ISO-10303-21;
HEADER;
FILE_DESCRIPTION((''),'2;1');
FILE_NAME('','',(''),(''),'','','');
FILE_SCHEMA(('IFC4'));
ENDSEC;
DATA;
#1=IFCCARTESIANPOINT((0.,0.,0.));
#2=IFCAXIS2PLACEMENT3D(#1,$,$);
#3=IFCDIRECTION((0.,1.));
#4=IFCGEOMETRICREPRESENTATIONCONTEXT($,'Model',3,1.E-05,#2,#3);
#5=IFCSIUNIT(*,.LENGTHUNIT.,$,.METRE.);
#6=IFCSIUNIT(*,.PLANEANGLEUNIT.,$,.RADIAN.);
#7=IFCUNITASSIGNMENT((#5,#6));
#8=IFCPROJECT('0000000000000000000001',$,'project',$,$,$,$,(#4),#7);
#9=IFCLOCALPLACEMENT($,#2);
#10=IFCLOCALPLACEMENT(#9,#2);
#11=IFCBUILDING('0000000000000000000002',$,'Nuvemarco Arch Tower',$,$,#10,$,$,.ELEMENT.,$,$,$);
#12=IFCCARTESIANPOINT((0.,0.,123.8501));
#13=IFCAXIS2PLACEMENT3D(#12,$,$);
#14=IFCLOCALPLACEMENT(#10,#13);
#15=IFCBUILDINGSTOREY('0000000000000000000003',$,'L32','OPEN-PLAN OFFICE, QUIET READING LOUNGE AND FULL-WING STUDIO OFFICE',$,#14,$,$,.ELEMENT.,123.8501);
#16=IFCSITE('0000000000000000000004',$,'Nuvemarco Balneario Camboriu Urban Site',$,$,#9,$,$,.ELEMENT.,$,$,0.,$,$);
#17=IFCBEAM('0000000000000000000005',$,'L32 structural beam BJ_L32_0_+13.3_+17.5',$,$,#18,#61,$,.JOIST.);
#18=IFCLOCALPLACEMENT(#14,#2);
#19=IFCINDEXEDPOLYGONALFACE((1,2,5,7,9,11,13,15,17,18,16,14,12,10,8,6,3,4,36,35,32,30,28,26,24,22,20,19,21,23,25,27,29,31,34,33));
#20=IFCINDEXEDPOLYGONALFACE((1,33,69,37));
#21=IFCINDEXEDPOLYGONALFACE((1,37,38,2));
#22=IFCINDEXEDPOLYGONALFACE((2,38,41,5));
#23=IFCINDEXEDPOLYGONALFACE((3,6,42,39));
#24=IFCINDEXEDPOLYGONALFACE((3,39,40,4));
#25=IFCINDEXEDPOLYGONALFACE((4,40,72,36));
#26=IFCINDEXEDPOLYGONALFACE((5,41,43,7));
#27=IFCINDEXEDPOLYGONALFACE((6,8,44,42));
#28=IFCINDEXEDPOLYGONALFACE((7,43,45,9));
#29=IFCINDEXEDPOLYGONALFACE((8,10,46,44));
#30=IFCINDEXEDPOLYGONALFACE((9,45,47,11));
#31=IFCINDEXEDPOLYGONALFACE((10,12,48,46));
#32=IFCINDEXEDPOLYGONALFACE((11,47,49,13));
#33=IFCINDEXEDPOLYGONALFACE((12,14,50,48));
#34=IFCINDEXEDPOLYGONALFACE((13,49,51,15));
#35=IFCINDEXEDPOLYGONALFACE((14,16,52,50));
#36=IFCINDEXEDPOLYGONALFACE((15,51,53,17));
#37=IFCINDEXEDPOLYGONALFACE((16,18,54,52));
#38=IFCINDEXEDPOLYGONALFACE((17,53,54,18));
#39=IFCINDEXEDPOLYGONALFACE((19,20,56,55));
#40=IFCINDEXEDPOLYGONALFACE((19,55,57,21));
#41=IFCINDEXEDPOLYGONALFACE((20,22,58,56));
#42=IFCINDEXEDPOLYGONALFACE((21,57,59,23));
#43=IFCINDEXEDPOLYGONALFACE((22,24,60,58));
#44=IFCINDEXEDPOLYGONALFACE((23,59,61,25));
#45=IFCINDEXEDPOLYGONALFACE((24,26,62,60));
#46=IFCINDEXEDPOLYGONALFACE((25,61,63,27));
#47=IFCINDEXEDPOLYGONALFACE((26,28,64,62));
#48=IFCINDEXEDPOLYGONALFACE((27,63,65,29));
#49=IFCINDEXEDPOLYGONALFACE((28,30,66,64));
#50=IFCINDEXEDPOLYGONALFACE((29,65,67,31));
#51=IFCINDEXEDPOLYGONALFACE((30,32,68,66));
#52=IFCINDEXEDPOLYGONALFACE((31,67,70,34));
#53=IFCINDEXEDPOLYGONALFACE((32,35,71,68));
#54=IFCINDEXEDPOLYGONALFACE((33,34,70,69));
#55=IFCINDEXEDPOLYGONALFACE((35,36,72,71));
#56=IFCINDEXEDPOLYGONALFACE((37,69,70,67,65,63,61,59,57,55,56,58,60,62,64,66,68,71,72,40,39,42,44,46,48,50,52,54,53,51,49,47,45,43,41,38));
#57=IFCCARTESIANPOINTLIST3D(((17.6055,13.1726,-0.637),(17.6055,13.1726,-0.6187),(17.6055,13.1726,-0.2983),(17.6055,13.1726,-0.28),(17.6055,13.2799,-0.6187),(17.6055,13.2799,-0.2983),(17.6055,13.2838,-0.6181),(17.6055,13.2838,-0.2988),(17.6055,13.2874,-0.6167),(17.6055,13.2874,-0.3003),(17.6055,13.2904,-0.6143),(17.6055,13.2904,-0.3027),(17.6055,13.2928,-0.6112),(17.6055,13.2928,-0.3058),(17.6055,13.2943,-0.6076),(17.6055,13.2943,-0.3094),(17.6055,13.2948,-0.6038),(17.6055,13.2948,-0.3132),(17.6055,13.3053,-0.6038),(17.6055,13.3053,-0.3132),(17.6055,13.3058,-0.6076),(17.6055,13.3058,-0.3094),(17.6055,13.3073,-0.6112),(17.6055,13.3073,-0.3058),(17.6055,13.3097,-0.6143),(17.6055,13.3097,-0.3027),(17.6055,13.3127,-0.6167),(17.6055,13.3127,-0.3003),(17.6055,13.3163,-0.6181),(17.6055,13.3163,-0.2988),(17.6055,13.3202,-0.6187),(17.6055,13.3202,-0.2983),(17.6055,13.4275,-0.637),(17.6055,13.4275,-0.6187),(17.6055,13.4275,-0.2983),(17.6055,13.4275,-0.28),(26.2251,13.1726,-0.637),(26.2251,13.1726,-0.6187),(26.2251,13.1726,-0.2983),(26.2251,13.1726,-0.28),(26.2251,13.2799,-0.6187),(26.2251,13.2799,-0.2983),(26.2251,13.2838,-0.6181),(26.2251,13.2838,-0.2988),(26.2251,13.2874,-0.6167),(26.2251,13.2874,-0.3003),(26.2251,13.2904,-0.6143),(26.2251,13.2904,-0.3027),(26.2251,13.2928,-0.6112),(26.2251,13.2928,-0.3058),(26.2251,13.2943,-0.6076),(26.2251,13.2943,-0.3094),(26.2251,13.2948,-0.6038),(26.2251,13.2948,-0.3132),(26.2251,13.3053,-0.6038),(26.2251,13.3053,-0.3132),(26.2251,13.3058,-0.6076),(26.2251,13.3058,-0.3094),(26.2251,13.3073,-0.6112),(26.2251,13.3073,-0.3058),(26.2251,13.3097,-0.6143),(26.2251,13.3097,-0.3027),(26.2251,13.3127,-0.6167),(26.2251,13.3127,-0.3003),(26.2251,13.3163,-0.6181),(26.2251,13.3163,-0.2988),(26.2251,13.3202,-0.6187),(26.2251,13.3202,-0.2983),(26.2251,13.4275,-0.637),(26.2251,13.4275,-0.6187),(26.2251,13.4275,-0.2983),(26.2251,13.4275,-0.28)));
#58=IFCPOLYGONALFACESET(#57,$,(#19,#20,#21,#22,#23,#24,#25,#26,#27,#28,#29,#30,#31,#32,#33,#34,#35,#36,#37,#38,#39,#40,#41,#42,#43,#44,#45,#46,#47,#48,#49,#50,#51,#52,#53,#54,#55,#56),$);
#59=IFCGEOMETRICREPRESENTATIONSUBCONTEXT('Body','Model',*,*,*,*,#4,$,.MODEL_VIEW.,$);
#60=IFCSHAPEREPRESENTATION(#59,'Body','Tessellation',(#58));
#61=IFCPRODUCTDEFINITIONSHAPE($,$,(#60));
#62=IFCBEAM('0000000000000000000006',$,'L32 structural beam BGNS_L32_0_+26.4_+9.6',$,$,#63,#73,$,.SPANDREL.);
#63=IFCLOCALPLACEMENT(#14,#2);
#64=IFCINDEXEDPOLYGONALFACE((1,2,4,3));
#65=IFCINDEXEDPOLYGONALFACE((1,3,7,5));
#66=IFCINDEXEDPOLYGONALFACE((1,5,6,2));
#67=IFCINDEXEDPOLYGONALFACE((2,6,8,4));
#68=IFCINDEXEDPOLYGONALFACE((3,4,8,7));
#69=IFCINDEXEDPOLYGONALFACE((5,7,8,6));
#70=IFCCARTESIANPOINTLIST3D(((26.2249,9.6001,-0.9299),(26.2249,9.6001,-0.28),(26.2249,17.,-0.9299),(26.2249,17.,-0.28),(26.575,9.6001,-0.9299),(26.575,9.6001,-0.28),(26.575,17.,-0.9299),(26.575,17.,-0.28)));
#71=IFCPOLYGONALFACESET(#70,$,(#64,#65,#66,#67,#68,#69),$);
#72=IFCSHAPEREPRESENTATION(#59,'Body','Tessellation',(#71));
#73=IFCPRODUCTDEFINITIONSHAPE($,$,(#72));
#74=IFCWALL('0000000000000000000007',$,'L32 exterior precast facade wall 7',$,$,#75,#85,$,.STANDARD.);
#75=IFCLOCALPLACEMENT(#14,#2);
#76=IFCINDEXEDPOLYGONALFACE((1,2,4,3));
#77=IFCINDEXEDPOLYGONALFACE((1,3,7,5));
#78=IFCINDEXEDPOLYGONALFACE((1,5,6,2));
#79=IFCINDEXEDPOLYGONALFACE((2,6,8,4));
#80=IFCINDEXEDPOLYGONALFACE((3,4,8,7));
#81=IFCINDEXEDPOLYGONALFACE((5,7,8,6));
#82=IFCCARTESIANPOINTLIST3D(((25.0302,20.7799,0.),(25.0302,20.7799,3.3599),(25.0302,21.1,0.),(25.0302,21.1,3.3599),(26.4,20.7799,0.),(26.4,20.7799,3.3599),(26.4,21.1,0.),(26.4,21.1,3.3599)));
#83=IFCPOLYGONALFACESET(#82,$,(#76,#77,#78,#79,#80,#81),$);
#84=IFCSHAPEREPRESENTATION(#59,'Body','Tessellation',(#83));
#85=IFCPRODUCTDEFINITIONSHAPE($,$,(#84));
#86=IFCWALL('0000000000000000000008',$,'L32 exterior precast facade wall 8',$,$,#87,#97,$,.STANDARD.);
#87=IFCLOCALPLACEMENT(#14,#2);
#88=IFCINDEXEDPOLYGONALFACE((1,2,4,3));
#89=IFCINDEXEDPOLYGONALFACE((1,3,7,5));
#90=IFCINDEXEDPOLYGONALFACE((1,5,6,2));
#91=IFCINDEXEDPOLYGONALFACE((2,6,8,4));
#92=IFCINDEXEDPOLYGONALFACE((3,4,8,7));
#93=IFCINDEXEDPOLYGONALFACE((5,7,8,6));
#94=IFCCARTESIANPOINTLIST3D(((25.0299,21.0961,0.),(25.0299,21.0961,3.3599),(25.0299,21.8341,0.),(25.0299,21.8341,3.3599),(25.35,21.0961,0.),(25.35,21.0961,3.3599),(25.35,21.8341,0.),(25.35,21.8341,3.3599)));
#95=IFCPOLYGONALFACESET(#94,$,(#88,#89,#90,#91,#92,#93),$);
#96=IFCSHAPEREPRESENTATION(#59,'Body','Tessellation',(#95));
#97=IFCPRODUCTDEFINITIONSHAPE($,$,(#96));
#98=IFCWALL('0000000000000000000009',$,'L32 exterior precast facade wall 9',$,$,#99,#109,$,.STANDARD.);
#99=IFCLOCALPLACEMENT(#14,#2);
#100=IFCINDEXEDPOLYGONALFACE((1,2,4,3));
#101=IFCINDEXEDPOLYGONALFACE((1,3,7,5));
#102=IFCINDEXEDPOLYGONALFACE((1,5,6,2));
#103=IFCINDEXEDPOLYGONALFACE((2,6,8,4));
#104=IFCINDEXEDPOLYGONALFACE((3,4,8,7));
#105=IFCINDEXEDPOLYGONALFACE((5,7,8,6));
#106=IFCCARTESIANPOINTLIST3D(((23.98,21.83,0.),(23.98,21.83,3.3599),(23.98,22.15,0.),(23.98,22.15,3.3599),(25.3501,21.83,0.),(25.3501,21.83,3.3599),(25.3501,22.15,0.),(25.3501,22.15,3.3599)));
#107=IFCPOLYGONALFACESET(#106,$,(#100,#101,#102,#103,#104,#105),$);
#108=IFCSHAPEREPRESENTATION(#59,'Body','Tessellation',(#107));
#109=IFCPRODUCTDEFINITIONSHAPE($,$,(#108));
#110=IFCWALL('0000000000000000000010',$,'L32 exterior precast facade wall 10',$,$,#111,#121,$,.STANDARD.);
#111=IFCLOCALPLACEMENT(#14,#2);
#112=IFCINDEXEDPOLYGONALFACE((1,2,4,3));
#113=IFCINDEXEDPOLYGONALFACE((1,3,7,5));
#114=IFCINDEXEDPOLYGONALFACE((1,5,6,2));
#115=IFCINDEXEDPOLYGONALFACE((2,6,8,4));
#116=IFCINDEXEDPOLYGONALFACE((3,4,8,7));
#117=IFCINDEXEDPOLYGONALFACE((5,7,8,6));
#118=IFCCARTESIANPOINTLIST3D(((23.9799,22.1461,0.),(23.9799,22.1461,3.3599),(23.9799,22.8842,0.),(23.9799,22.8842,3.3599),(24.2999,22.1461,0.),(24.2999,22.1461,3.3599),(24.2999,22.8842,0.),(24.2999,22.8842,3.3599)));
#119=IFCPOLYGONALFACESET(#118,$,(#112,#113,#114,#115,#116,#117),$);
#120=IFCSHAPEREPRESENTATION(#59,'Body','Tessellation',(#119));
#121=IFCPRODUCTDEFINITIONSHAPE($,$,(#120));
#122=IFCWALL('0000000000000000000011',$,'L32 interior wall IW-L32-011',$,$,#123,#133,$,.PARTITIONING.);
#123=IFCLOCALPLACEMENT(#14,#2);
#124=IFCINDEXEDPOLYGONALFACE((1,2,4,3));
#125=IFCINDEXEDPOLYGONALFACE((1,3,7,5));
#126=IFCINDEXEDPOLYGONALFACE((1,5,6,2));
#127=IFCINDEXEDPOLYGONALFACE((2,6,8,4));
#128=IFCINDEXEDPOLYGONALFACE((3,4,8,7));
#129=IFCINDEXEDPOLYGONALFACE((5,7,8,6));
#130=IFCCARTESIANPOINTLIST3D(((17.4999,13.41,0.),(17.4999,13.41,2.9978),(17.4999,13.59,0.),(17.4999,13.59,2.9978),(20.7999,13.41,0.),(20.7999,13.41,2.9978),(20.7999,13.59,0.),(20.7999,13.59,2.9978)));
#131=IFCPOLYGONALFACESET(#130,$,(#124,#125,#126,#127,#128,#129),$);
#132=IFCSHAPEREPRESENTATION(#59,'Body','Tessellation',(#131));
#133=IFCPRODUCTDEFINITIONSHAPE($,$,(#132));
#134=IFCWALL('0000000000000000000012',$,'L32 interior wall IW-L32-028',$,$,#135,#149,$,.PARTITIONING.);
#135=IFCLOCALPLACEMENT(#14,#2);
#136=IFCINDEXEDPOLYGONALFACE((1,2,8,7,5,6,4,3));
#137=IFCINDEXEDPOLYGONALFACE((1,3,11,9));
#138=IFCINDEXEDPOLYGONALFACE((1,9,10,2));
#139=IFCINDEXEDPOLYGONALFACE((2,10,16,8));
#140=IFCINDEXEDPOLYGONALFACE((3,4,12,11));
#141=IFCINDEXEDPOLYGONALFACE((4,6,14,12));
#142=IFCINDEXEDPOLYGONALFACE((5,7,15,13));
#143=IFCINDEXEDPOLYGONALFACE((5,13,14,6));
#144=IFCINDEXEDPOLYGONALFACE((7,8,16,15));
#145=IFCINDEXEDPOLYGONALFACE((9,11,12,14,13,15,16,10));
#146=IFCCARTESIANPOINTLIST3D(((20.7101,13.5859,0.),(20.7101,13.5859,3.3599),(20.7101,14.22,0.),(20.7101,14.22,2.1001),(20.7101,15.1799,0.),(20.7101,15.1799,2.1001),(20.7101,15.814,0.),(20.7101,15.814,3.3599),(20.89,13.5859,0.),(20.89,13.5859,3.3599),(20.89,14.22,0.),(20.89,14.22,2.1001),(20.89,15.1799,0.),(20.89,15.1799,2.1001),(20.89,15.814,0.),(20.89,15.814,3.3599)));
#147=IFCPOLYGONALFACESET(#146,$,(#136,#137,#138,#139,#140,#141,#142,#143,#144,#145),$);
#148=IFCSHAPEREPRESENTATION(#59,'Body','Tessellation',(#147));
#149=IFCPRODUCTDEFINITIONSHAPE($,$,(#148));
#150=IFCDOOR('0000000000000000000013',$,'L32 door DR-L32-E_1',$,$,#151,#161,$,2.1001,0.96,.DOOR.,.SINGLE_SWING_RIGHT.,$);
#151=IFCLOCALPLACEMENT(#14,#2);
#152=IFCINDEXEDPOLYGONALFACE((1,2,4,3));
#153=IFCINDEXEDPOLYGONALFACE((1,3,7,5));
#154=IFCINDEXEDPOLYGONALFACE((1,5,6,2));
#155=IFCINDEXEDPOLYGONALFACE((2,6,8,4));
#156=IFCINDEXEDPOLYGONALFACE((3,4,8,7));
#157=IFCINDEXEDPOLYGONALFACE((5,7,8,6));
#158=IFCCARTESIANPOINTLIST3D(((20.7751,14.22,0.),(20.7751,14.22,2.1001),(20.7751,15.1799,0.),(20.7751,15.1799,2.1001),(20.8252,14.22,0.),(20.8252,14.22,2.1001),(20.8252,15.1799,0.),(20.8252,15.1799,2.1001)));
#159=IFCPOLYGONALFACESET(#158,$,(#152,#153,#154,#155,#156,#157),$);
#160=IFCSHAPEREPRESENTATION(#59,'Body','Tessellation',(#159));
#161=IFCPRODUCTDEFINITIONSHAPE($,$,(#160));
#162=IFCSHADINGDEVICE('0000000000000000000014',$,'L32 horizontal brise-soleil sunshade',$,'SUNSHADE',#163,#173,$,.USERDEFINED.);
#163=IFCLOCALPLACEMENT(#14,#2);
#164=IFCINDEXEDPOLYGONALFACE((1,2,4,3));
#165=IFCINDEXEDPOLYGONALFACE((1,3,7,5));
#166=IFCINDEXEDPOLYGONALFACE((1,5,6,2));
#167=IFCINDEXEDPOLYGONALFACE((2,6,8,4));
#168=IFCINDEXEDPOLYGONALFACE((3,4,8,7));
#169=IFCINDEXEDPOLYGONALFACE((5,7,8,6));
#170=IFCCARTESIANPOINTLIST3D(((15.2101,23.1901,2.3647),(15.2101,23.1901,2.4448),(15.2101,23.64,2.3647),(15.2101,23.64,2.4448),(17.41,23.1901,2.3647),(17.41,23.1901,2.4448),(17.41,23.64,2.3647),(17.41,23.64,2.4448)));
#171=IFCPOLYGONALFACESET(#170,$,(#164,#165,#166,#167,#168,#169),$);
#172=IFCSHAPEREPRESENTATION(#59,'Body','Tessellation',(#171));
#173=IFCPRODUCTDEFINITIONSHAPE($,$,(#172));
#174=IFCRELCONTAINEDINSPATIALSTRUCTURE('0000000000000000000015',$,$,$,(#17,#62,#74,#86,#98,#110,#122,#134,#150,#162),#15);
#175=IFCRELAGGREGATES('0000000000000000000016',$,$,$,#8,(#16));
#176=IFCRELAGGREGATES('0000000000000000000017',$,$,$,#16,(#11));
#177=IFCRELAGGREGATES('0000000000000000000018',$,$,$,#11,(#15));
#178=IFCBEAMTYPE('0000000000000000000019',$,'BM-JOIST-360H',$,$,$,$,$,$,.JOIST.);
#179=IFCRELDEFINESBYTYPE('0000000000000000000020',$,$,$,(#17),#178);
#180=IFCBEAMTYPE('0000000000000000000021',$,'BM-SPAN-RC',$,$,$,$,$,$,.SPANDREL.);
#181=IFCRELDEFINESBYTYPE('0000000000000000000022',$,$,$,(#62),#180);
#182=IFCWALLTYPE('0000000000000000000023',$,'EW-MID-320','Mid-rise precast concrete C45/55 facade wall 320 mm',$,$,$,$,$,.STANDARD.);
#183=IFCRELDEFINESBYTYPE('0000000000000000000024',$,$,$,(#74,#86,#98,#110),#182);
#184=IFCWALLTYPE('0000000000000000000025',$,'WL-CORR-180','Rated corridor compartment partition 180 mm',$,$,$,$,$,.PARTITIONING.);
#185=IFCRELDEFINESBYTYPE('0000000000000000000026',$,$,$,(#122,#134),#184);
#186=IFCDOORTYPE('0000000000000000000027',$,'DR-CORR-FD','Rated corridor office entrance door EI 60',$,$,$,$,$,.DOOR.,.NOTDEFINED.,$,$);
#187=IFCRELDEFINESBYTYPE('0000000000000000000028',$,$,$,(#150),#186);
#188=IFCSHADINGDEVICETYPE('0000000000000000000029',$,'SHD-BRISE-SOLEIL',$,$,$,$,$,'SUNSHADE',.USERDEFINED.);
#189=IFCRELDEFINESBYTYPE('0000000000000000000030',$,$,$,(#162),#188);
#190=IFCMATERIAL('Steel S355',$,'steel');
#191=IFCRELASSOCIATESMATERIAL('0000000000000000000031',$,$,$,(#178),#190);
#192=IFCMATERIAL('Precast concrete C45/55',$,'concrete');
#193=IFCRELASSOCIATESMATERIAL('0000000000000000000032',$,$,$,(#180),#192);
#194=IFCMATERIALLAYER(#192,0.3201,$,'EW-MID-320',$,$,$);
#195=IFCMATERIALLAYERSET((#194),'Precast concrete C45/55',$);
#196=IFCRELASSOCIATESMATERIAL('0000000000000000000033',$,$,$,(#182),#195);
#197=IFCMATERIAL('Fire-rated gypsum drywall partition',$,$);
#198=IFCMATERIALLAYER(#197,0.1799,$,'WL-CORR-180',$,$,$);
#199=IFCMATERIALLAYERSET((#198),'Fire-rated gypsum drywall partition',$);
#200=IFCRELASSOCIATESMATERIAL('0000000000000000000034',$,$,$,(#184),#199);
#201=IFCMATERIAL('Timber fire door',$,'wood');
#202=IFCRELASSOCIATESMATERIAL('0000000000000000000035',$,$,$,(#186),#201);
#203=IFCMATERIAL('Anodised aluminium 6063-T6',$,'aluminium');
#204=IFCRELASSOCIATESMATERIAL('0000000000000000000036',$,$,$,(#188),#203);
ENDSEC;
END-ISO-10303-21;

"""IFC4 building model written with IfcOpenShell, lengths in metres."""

from ifc_helpers import new_model, si_unit, direction, frame, frame_2d, origin, origin_2d, place, context, subcontext, project, spatial, rectangle, i_section, extrude, source, transform, mapped, material, layer, layer_set, material_profile, profile_set, type_object, type_shapes, element, fill, save


model = new_model("IFC4")

# Units and contexts
model_context = context("Model", 3, precision=1e-05, world=origin(), true_north=direction((0.0, 1.0)))
body_context = subcontext(model_context, "Body", "Model", "MODEL_VIEW")
ifc_project = project(units=[si_unit("LENGTHUNIT", "METRE"), si_unit("PLANEANGLEUNIT", "RADIAN")], contexts=[model_context])

# Site, building, storey
site_placement = place(None, origin())
site = spatial("IfcSite", under=ifc_project, at=site_placement, Name="Nuvemarco Balneario Camboriu Urban Site", CompositionType="ELEMENT", RefElevation=0.0)
building_placement = place(site_placement, origin())
building = spatial("IfcBuilding", under=site, at=building_placement, Name="Nuvemarco Arch Tower", CompositionType="ELEMENT")
storey_placement = place(building_placement, frame((0.0, 0.0, 123.8501)))
storey = spatial("IfcBuildingStorey", under=building, at=storey_placement, Name="L32", Description="OPEN-PLAN OFFICE, QUIET READING LOUNGE AND FULL-WING STUDIO OFFICE", CompositionType="ELEMENT", Elevation=123.8501)

# Shared definitions
ifc_material_1 = material(Name="Steel S355", Category="steel")

# Beams
ifc_material_profile_1 = material_profile(ifc_material_1, i_section(OverallWidth=0.2549, OverallDepth=0.3569, WebThickness=0.0105, FlangeThickness=0.0183, FilletRadius=0.0149, at=origin_2d()), Name="W360x101")
ifc_profile_set_1 = profile_set([ifc_material_profile_1], Name="Steel S355")
beam_type_1 = type_object("IfcBeamType", Name="BM-JOIST-360H", PredefinedType="JOIST", material=ifc_profile_set_1)
beam_1_placement = place(storey_placement, frame((17.6055, 13.3, -0.4585), z_axis=(1.0, 0.0, 0.0), x_axis=(0.0, 1.0, 0.0)))
element("IfcBeam", 1, at=beam_1_placement, inside=storey, type_object=beam_type_1, Name="L32 structural beam BJ_L32_0_+13.3_+17.5", PredefinedType="JOIST", context=body_context, shape_type="SweptSolid", body=[
    extrude(i_section(OverallWidth=0.2549, OverallDepth=0.3569, WebThickness=0.0105, FlangeThickness=0.0183, FilletRadius=0.0149, at=origin_2d()), origin(), (0.0, 0.0, 1.0), 8.6196),
])
ifc_material_2 = material(Name="Precast concrete C45/55", Category="concrete")
ifc_material_profile_2 = material_profile(ifc_material_2, rectangle(XDim=0.3501, YDim=0.6499, at=origin_2d()), Name="PC-SP-350x650")
ifc_profile_set_2 = profile_set([ifc_material_profile_2], Name="Precast concrete C45/55")
beam_type_2 = type_object("IfcBeamType", Name="BM-SPAN-RC", PredefinedType="SPANDREL", material=ifc_profile_set_2)
beam_2_placement = place(storey_placement, frame((26.3999, 9.6001, -0.605), z_axis=(0.0, 1.0, 0.0), x_axis=(-1.0, 0.0, 0.0)))
element("IfcBeam", 2, at=beam_2_placement, inside=storey, type_object=beam_type_2, Name="L32 structural beam BGNS_L32_0_+26.4_+9.6", PredefinedType="SPANDREL", context=body_context, shape_type="SweptSolid", body=[
    extrude(rectangle(XDim=0.3501, YDim=0.6499, at=origin_2d()), origin(), (0.0, 0.0, 1.0), 7.3999),
])

# Walls
ifc_layer_1 = layer(ifc_material_2, 0.3201, Name="EW-MID-320")
ifc_layer_set_1 = layer_set([ifc_layer_1], Name="Precast concrete C45/55")
wall_type_1 = type_object("IfcWallType", Name="EW-MID-320", Description="Mid-rise precast concrete C45/55 facade wall 320 mm", PredefinedType="STANDARD", material=ifc_layer_set_1)
wall_1_placement = place(storey_placement, frame((25.03, 20.9399, 0.0), z_axis=(0.0, 0.0, 1.0), x_axis=(1.0, 0.0, 0.0)))
element("IfcWall", 3, at=wall_1_placement, inside=storey, type_object=wall_type_1, Name="L32 exterior precast facade wall 7", PredefinedType="STANDARD", context=body_context, shape_type="SweptSolid", body=[
    extrude(rectangle(XDim=1.3699, YDim=0.3201, at=frame_2d((0.6851, 0.0))), origin(), (0.0, 0.0, 1.0), 3.3599),
])
wall_2_placement = place(storey_placement, frame((25.1899, 21.0959, 0.0), z_axis=(0.0, 0.0, 1.0), x_axis=(0.0, 1.0, 0.0)))
element("IfcWall", 4, at=wall_2_placement, inside=storey, type_object=wall_type_1, Name="L32 exterior precast facade wall 8", PredefinedType="STANDARD", context=body_context, shape_type="SweptSolid", body=[
    extrude(rectangle(XDim=0.738, YDim=0.3201, at=frame_2d((0.3691, 0.0))), origin(), (0.0, 0.0, 1.0), 3.3599),
])
wall_3_placement = place(storey_placement, frame((23.98, 21.99, 0.0), z_axis=(0.0, 0.0, 1.0), x_axis=(1.0, 0.0, 0.0)))
element("IfcWall", 5, at=wall_3_placement, inside=storey, type_object=wall_type_1, Name="L32 exterior precast facade wall 9", PredefinedType="STANDARD", context=body_context, shape_type="SweptSolid", body=[
    extrude(rectangle(XDim=1.3701, YDim=0.3201, at=frame_2d((0.6851, 0.0))), origin(), (0.0, 0.0, 1.0), 3.3599),
])
wall_4_placement = place(storey_placement, frame((24.1399, 22.146, 0.0), z_axis=(0.0, 0.0, 1.0), x_axis=(0.0, 1.0, 0.0)))
element("IfcWall", 6, at=wall_4_placement, inside=storey, type_object=wall_type_1, Name="L32 exterior precast facade wall 10", PredefinedType="STANDARD", context=body_context, shape_type="SweptSolid", body=[
    extrude(rectangle(XDim=0.738, YDim=0.3201, at=frame_2d((0.3691, 0.0))), origin(), (0.0, 0.0, 1.0), 3.3599),
])
ifc_material_3 = material(Name="Fire-rated gypsum drywall partition")
ifc_layer_2 = layer(ifc_material_3, 0.1799, Name="WL-CORR-180")
ifc_layer_set_2 = layer_set([ifc_layer_2], Name="Fire-rated gypsum drywall partition")
wall_type_2 = type_object("IfcWallType", Name="WL-CORR-180", Description="Rated corridor compartment partition 180 mm", PredefinedType="PARTITIONING", material=ifc_layer_set_2)
wall_5_placement = place(storey_placement, frame((17.5, 13.5, 0.0), z_axis=(0.0, 0.0, 1.0), x_axis=(1.0, 0.0, 0.0)))
element("IfcWall", 7, at=wall_5_placement, inside=storey, type_object=wall_type_2, Name="L32 interior wall IW-L32-011", PredefinedType="PARTITIONING", context=body_context, shape_type="SweptSolid", body=[
    extrude(rectangle(XDim=3.3, YDim=0.1799, at=frame_2d((1.6499, 0.0))), origin(), (0.0, 0.0, 1.0), 2.9978),
])

# Wall, opening, door
wall_6_placement = place(storey_placement, frame((20.8, 13.5859, 0.0), z_axis=(0.0, 0.0, 1.0), x_axis=(0.0, 1.0, 0.0)))
wall_6 = element("IfcWall", 8, at=wall_6_placement, inside=storey, type_object=wall_type_2, Name="L32 interior wall IW-L32-028", PredefinedType="PARTITIONING", context=body_context, shape_type="SweptSolid", body=[
    extrude(rectangle(XDim=2.228, YDim=0.1799, at=frame_2d((1.114, 0.0))), origin(), (0.0, 0.0, 1.0), 3.3599),
])
opening_placement = place(wall_6_placement, frame((0.634, 0.0, 0.0)))
opening = element("IfcOpeningElement", 9, at=opening_placement, cuts=wall_6, PredefinedType="OPENING", context=body_context, shape_type="SweptSolid", body=[
    extrude(rectangle(XDim=0.96, YDim=2.1001, at=frame_2d((0.48, 1.05))), frame((0.0, 0.0999, 0.0), z_axis=(0.0, -1.0, 0.0), x_axis=(1.0, 0.0, 0.0)), (0.0, 0.0, 1.0), 0.2),
])
ifc_material_4 = material(Name="Timber fire door", Category="wood")
door_type = type_object("IfcDoorType", Name="DR-CORR-FD", Description="Rated corridor office entrance door EI 60", OperationType="NOTDEFINED", PredefinedType="DOOR", material=ifc_material_4)
shared_shape_1 = source(origin(), body_context, "Body", "SweptSolid", [
    extrude(rectangle(XDim=0.96, YDim=2.1001, at=frame_2d((0.48, 1.05))), frame((0.0, 0.0249, 0.0), z_axis=(0.0, -1.0, 0.0), x_axis=(1.0, 0.0, 0.0)), (0.0, 0.0, 1.0), 0.05),
])
type_shapes(door_type, [shared_shape_1])
door_placement = place(opening_placement, origin())
door = element("IfcDoor", 10, at=door_placement, inside=storey, type_object=door_type, Name="L32 door DR-L32-E_1", OperationType="SINGLE_SWING_RIGHT", OverallHeight=2.1001, OverallWidth=0.96, PredefinedType="DOOR", context=body_context, shape_type="MappedRepresentation", body=[
    mapped(shared_shape_1, transform((0.0, 0.0, 0.0), scale=1.0)),
])
fill(opening, door)

# Shading device
ifc_material_5 = material(Name="Anodised aluminium 6063-T6", Category="aluminium")
shading_device_type_1 = type_object("IfcShadingDeviceType", Name="SHD-BRISE-SOLEIL", ElementType="SUNSHADE", PredefinedType="USERDEFINED", material=ifc_material_5)
shared_shape_2 = source(origin(), body_context, "Body", "SweptSolid", [
    extrude(rectangle(XDim=2.2, YDim=0.45, at=origin_2d()), origin(), (0.0, 0.0, 1.0), 0.0801),
])
type_shapes(shading_device_type_1, [shared_shape_2])
for number, where, z_axis, x_axis, name in (
    (11, (16.3101, 23.415, 2.3647), (0.0, 0.0, 1.0), (1.0, 0.0, 0.0), "L32 horizontal brise-soleil sunshade"),
):
    element("IfcShadingDevice", number, at=place(storey_placement, frame(where, z_axis=z_axis, x_axis=x_axis)), inside=storey, type_object=shading_device_type_1, Name=name, ObjectType="SUNSHADE", PredefinedType="USERDEFINED", context=body_context, shape_type="MappedRepresentation", body=[
        mapped(shared_shape_2, transform((0.0, 0.0, 0.0), scale=1.0)),
    ])

save(model, "model.ifc")
